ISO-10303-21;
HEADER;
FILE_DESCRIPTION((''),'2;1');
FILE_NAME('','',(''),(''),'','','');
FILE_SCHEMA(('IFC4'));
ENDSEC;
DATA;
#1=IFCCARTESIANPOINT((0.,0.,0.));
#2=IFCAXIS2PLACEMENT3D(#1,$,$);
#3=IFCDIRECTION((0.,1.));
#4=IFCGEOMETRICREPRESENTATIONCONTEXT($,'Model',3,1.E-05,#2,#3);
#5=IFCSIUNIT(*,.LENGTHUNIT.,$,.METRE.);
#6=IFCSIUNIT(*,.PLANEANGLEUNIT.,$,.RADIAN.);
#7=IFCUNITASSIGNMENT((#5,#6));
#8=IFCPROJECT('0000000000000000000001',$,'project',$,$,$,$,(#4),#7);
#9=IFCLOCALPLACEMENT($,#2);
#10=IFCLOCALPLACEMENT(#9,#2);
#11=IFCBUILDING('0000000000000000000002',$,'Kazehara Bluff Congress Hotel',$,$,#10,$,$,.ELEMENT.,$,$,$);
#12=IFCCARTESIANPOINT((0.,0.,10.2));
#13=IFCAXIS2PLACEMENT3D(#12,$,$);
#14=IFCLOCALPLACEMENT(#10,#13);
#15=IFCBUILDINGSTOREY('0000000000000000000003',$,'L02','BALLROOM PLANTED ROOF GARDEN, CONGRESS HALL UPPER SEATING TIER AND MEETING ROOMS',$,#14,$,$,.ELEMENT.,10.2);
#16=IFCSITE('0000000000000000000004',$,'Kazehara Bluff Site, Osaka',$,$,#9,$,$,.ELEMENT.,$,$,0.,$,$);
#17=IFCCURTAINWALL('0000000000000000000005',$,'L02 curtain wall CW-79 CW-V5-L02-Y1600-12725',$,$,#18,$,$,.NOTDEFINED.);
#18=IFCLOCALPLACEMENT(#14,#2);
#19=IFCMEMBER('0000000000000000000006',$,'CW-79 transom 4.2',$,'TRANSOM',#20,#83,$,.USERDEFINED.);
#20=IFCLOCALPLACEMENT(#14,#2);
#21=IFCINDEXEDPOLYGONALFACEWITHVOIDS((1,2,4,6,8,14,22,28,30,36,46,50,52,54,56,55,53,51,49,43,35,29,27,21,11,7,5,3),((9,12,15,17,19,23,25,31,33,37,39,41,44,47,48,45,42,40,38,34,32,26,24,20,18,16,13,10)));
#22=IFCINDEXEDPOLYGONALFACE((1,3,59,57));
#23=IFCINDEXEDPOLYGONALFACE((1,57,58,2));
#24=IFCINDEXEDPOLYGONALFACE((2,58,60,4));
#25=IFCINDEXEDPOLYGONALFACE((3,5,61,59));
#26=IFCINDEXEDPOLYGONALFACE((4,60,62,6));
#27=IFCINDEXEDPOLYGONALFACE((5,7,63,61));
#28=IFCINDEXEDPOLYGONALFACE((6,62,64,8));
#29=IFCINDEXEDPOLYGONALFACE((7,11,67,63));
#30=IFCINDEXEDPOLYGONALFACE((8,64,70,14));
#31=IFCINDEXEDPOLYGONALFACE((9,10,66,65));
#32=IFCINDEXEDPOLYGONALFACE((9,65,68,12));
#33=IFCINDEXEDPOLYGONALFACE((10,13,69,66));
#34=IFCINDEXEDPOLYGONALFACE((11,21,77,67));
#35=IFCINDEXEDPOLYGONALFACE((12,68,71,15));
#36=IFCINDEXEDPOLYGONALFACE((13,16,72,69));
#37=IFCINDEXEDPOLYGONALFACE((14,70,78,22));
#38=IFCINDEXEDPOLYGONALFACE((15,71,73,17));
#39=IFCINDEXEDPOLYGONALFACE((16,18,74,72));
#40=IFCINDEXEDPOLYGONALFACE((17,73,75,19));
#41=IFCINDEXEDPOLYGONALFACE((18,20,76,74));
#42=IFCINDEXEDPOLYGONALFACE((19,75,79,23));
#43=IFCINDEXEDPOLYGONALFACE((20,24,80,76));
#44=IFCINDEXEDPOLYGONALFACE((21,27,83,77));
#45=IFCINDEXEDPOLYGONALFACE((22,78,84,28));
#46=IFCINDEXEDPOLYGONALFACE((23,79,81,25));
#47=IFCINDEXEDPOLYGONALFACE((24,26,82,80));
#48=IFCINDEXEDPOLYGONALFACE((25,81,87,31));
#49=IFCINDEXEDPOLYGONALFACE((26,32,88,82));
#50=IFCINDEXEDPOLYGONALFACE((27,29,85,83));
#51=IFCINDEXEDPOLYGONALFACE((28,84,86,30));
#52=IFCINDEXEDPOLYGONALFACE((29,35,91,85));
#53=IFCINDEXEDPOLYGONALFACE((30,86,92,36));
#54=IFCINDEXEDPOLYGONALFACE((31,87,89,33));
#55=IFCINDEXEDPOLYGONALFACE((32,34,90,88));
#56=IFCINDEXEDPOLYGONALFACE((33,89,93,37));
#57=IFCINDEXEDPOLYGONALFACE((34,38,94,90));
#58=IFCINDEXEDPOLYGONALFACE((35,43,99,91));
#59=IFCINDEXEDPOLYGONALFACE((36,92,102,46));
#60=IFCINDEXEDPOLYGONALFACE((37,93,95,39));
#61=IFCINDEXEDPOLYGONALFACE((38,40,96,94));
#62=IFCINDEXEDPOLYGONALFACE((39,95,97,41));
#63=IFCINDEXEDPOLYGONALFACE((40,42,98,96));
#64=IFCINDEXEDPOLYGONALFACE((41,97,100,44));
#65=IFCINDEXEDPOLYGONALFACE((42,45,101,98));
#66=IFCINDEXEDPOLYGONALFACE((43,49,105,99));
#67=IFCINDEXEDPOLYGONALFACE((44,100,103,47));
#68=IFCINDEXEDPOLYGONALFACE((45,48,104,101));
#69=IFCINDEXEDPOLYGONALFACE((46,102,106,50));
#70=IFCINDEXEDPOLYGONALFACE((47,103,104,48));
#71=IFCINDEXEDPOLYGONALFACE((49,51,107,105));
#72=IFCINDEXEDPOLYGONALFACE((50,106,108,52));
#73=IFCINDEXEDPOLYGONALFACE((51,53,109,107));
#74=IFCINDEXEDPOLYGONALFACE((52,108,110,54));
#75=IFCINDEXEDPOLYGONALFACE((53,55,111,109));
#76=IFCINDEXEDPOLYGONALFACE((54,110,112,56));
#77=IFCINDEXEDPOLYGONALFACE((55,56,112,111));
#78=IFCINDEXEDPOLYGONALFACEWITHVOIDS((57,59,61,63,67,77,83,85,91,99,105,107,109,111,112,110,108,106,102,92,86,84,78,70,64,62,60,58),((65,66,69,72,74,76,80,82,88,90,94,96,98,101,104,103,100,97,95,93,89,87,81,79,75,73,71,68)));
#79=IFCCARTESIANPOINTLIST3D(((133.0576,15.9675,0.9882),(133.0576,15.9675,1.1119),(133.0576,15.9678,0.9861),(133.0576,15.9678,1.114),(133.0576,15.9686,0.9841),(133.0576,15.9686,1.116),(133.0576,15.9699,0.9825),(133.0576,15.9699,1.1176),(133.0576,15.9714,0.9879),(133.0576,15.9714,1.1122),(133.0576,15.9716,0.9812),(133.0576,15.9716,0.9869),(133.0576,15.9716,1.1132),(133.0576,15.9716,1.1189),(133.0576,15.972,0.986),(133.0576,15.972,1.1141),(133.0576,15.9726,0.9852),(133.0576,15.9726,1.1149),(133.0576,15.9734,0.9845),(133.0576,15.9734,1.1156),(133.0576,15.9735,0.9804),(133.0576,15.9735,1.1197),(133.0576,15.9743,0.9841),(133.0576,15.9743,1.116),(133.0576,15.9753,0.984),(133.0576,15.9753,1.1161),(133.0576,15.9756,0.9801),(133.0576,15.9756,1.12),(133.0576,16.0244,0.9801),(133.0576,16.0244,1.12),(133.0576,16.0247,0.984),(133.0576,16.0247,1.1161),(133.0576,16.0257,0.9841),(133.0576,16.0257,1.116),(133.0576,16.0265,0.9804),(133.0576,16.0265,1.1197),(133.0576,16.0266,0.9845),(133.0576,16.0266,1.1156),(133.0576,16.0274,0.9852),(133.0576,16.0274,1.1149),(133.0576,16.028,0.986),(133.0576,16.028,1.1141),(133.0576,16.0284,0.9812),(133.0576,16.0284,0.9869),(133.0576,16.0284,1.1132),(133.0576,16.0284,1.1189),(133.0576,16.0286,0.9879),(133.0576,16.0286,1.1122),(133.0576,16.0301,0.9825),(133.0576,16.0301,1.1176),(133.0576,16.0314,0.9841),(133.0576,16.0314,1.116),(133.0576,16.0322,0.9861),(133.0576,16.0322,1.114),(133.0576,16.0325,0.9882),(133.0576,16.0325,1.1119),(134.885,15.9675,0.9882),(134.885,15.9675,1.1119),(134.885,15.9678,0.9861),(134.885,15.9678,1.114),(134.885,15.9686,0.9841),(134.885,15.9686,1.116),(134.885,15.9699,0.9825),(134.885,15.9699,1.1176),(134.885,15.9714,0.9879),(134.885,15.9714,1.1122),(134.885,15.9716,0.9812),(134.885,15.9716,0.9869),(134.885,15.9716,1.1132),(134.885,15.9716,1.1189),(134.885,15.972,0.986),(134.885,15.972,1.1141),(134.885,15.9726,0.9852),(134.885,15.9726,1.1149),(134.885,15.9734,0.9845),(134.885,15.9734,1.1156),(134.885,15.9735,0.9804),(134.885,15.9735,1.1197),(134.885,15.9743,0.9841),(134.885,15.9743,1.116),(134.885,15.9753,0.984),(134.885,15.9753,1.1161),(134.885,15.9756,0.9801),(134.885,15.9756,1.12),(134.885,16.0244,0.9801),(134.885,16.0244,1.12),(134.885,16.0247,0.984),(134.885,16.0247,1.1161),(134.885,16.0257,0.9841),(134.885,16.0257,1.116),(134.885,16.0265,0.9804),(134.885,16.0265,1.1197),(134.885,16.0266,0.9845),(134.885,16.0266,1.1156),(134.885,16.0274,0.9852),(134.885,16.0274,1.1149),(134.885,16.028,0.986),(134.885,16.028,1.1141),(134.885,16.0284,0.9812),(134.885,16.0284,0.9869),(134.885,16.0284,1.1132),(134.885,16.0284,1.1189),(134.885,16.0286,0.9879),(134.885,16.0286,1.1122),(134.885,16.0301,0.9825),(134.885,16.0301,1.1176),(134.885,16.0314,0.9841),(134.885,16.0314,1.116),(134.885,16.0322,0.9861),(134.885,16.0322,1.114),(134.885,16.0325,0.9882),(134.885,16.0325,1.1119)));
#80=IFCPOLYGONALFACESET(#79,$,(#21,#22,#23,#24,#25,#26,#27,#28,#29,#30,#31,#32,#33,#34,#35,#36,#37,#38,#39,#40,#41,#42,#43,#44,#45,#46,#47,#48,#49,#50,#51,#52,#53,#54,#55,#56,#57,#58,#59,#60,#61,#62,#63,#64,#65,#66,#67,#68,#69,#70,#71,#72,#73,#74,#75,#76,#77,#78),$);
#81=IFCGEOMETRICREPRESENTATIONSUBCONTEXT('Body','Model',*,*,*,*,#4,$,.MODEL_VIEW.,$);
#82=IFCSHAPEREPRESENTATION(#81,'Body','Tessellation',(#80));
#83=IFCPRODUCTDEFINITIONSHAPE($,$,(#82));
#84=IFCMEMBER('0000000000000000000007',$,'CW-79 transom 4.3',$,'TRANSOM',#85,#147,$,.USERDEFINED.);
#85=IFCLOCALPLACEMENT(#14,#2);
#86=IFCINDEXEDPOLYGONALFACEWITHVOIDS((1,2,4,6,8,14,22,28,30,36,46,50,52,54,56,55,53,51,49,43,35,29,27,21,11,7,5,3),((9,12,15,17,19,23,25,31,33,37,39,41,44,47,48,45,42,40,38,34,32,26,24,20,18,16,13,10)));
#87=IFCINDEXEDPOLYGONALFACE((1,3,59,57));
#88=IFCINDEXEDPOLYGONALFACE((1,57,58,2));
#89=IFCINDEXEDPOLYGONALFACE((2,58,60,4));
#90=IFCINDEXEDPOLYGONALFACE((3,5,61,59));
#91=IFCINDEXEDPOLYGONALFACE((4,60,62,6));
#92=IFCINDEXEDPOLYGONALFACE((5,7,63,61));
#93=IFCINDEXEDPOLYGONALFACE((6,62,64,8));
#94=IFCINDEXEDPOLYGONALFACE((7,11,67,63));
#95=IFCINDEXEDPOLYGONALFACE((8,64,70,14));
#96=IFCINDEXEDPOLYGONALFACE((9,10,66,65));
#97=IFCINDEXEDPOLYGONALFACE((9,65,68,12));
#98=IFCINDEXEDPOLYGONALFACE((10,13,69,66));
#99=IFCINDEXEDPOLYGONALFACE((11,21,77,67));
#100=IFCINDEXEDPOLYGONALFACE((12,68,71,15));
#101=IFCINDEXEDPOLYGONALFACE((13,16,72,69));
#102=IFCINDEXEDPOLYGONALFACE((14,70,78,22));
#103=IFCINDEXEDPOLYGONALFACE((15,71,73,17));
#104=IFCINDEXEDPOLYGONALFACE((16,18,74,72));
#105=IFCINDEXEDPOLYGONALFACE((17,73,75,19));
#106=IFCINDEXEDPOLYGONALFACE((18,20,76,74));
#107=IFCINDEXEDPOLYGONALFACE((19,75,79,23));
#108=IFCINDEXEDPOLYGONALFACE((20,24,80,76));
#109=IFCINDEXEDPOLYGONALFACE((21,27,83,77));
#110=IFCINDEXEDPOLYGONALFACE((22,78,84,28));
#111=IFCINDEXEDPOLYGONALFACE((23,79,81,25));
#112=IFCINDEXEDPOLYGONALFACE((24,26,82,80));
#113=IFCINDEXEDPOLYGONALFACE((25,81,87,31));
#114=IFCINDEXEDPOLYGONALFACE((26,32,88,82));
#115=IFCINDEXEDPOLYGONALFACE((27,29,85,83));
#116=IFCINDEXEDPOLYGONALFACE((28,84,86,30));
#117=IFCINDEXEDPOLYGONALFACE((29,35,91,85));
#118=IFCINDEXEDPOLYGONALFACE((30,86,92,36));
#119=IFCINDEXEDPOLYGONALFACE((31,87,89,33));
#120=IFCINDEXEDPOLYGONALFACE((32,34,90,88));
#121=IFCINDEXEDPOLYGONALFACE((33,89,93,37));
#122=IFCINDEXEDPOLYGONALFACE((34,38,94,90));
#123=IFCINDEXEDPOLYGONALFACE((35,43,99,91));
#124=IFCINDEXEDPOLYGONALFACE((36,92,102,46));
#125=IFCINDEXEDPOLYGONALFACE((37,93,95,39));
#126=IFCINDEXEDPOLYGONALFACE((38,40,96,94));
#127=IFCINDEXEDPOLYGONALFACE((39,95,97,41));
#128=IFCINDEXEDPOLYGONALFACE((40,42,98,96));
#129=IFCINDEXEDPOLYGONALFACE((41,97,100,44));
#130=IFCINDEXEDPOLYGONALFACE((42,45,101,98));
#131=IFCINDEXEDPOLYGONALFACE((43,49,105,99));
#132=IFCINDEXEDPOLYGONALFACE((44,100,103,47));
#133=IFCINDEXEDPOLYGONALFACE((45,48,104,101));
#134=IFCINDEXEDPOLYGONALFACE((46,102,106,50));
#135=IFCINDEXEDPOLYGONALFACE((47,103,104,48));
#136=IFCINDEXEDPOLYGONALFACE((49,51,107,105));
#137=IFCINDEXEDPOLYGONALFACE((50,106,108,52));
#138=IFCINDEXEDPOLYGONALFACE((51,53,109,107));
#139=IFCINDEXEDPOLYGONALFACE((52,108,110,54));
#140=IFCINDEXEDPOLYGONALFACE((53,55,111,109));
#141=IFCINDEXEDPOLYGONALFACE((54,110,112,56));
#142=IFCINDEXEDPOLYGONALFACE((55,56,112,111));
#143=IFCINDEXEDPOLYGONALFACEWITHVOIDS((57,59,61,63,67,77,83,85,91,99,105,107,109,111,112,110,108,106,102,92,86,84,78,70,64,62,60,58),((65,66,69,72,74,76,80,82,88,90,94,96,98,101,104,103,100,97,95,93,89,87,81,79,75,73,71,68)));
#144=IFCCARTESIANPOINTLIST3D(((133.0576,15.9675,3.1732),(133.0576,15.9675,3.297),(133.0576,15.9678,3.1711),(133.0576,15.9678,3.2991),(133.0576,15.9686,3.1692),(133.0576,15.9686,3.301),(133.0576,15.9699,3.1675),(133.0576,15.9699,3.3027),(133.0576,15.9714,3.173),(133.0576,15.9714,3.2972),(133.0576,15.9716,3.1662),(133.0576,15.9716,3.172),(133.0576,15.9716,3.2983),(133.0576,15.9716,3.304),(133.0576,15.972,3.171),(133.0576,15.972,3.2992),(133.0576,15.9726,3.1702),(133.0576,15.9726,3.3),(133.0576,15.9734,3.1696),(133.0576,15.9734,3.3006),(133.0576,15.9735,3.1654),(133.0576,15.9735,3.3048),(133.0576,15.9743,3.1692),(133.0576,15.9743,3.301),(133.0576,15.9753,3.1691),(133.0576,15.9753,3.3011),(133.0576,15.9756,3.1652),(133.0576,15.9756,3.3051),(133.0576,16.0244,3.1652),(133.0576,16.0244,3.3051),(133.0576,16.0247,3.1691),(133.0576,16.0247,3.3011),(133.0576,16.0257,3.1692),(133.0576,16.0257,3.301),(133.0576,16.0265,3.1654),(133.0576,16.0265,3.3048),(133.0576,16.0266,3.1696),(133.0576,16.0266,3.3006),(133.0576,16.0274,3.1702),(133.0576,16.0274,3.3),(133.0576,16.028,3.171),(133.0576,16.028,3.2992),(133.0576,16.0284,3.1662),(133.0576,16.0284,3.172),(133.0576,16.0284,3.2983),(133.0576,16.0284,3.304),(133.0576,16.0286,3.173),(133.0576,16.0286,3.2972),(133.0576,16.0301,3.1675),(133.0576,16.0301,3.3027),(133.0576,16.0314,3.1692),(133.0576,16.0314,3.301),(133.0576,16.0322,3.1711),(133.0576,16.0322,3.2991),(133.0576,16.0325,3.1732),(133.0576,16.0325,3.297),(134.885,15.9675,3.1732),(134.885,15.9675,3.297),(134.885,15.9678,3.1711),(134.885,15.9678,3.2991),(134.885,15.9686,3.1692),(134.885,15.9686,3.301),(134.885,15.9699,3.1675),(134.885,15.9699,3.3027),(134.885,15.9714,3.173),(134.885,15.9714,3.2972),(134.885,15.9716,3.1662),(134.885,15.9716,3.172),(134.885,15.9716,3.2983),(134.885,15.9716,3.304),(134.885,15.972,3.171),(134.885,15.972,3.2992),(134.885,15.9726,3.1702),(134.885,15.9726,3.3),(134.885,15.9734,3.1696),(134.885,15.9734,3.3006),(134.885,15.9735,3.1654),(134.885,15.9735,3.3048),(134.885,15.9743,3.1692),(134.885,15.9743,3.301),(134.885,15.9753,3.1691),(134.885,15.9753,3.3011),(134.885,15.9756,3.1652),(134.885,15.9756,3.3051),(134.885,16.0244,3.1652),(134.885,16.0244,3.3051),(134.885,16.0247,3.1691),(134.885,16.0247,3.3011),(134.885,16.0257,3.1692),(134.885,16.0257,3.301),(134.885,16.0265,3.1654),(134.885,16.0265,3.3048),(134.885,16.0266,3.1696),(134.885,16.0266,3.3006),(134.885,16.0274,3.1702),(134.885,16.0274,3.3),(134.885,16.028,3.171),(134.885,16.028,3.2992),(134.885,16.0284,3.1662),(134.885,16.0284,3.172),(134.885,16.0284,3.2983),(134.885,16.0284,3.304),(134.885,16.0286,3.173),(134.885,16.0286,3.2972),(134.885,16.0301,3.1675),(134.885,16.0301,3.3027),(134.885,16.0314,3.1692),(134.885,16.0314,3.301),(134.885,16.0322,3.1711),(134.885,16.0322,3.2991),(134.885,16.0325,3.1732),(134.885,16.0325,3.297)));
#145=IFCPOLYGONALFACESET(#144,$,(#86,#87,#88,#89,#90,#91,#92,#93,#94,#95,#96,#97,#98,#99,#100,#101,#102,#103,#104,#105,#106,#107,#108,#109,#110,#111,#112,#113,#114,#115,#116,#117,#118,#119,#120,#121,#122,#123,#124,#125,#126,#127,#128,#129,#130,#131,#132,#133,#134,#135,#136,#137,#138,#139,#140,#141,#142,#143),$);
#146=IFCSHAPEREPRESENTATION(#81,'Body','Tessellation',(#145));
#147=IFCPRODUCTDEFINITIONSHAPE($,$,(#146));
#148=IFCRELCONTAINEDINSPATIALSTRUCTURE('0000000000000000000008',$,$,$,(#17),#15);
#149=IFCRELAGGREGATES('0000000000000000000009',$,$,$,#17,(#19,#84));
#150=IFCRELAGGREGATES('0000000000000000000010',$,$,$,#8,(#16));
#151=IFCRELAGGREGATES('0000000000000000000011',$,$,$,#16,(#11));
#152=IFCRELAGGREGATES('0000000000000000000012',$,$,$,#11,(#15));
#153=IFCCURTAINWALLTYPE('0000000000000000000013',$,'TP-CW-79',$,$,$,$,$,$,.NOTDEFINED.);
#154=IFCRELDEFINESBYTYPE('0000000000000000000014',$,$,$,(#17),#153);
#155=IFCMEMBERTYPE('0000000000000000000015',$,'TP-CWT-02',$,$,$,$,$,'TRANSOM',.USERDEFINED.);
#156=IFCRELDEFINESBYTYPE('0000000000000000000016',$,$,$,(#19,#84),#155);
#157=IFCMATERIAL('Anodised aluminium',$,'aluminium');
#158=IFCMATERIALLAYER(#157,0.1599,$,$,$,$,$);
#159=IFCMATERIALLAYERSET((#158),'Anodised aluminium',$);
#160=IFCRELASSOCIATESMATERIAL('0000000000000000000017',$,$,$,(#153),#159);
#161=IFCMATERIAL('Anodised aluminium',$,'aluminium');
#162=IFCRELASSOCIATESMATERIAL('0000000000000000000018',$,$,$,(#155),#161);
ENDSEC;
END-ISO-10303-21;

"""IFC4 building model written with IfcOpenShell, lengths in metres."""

from ifc_helpers import new_model, si_unit, direction, frame, origin, origin_2d, place, context, subcontext, project, spatial, hollow_rectangle, extrude, material, layer, layer_set, material_profile, profile_set, type_object, element, aggregate, save


model = new_model("IFC4")

# Units and contexts
model_context = context("Model", 3, precision=1e-05, world=origin(), true_north=direction((0.0, 1.0)))
body_context = subcontext(model_context, "Body", "Model", "MODEL_VIEW")
ifc_project = project(units=[si_unit("LENGTHUNIT", "METRE"), si_unit("PLANEANGLEUNIT", "RADIAN")], contexts=[model_context])

# Site, building, storey
site_placement = place(None, origin())
site = spatial("IfcSite", under=ifc_project, at=site_placement, Name="Kazehara Bluff Site, Osaka", CompositionType="ELEMENT", RefElevation=0.0)
building_placement = place(site_placement, origin())
building = spatial("IfcBuilding", under=site, at=building_placement, Name="Kazehara Bluff Congress Hotel", CompositionType="ELEMENT")
storey_placement = place(building_placement, frame((0.0, 0.0, 10.2)))
storey = spatial("IfcBuildingStorey", under=building, at=storey_placement, Name="L02", Description="BALLROOM PLANTED ROOF GARDEN, CONGRESS HALL UPPER SEATING TIER AND MEETING ROOMS", CompositionType="ELEMENT", Elevation=10.2)

# Curtain wall
ifc_material_1 = material(Name="Anodised aluminium", Category="aluminium")
ifc_layer_1 = layer(ifc_material_1, 0.1599)
ifc_layer_set_1 = layer_set([ifc_layer_1], Name="Anodised aluminium")
curtain_wall_type_1 = type_object("IfcCurtainWallType", Name="TP-CW-79", PredefinedType="NOTDEFINED", material=ifc_layer_set_1)
curtain_wall_1_placement = place(storey_placement, origin())
curtain_wall_1 = element("IfcCurtainWall", 1, at=curtain_wall_1_placement, inside=storey, type_object=curtain_wall_type_1, Name="L02 curtain wall CW-79 CW-V5-L02-Y1600-12725", PredefinedType="NOTDEFINED")

# Members
ifc_material_2 = material(Name="Anodised aluminium", Category="aluminium")
ifc_material_profile_1 = material_profile(ifc_material_2, hollow_rectangle(XDim=0.0649, YDim=0.1399, WallThickness=0.0039, InnerFilletRadius=0.0039, OuterFilletRadius=0.0081, at=origin_2d()))
ifc_profile_set_1 = profile_set([ifc_material_profile_1], Name="Anodised aluminium")
member_type_1 = type_object("IfcMemberType", Name="TP-CWT-02", ElementType="TRANSOM", PredefinedType="USERDEFINED", material=ifc_profile_set_1)
member_1_placement = place(storey_placement, frame((133.0576, 16.0, 1.05), z_axis=(1.0, 0.0, 0.0), x_axis=(0.0, 1.0, 0.0)))
member_1 = element("IfcMember", 2, at=member_1_placement, type_object=member_type_1, Name="CW-79 transom 4.2", ObjectType="TRANSOM", PredefinedType="USERDEFINED", context=body_context, shape_type="SweptSolid", body=[
    extrude(hollow_rectangle(XDim=0.0649, YDim=0.1399, WallThickness=0.0039, InnerFilletRadius=0.0039, OuterFilletRadius=0.0081, at=origin_2d()), origin(), (0.0, 0.0, 1.0), 1.8274),
])
member_2_placement = place(storey_placement, frame((133.0576, 16.0, 3.2351), z_axis=(1.0, 0.0, 0.0), x_axis=(0.0, 1.0, 0.0)))
member_2 = element("IfcMember", 3, at=member_2_placement, type_object=member_type_1, Name="CW-79 transom 4.3", ObjectType="TRANSOM", PredefinedType="USERDEFINED", context=body_context, shape_type="SweptSolid", body=[
    extrude(hollow_rectangle(XDim=0.0649, YDim=0.1399, WallThickness=0.0039, InnerFilletRadius=0.0039, OuterFilletRadius=0.0081, at=origin_2d()), origin(), (0.0, 0.0, 1.0), 1.8274),
])

aggregate(curtain_wall_1, [member_1, member_2])

save(model, "model.ifc")
